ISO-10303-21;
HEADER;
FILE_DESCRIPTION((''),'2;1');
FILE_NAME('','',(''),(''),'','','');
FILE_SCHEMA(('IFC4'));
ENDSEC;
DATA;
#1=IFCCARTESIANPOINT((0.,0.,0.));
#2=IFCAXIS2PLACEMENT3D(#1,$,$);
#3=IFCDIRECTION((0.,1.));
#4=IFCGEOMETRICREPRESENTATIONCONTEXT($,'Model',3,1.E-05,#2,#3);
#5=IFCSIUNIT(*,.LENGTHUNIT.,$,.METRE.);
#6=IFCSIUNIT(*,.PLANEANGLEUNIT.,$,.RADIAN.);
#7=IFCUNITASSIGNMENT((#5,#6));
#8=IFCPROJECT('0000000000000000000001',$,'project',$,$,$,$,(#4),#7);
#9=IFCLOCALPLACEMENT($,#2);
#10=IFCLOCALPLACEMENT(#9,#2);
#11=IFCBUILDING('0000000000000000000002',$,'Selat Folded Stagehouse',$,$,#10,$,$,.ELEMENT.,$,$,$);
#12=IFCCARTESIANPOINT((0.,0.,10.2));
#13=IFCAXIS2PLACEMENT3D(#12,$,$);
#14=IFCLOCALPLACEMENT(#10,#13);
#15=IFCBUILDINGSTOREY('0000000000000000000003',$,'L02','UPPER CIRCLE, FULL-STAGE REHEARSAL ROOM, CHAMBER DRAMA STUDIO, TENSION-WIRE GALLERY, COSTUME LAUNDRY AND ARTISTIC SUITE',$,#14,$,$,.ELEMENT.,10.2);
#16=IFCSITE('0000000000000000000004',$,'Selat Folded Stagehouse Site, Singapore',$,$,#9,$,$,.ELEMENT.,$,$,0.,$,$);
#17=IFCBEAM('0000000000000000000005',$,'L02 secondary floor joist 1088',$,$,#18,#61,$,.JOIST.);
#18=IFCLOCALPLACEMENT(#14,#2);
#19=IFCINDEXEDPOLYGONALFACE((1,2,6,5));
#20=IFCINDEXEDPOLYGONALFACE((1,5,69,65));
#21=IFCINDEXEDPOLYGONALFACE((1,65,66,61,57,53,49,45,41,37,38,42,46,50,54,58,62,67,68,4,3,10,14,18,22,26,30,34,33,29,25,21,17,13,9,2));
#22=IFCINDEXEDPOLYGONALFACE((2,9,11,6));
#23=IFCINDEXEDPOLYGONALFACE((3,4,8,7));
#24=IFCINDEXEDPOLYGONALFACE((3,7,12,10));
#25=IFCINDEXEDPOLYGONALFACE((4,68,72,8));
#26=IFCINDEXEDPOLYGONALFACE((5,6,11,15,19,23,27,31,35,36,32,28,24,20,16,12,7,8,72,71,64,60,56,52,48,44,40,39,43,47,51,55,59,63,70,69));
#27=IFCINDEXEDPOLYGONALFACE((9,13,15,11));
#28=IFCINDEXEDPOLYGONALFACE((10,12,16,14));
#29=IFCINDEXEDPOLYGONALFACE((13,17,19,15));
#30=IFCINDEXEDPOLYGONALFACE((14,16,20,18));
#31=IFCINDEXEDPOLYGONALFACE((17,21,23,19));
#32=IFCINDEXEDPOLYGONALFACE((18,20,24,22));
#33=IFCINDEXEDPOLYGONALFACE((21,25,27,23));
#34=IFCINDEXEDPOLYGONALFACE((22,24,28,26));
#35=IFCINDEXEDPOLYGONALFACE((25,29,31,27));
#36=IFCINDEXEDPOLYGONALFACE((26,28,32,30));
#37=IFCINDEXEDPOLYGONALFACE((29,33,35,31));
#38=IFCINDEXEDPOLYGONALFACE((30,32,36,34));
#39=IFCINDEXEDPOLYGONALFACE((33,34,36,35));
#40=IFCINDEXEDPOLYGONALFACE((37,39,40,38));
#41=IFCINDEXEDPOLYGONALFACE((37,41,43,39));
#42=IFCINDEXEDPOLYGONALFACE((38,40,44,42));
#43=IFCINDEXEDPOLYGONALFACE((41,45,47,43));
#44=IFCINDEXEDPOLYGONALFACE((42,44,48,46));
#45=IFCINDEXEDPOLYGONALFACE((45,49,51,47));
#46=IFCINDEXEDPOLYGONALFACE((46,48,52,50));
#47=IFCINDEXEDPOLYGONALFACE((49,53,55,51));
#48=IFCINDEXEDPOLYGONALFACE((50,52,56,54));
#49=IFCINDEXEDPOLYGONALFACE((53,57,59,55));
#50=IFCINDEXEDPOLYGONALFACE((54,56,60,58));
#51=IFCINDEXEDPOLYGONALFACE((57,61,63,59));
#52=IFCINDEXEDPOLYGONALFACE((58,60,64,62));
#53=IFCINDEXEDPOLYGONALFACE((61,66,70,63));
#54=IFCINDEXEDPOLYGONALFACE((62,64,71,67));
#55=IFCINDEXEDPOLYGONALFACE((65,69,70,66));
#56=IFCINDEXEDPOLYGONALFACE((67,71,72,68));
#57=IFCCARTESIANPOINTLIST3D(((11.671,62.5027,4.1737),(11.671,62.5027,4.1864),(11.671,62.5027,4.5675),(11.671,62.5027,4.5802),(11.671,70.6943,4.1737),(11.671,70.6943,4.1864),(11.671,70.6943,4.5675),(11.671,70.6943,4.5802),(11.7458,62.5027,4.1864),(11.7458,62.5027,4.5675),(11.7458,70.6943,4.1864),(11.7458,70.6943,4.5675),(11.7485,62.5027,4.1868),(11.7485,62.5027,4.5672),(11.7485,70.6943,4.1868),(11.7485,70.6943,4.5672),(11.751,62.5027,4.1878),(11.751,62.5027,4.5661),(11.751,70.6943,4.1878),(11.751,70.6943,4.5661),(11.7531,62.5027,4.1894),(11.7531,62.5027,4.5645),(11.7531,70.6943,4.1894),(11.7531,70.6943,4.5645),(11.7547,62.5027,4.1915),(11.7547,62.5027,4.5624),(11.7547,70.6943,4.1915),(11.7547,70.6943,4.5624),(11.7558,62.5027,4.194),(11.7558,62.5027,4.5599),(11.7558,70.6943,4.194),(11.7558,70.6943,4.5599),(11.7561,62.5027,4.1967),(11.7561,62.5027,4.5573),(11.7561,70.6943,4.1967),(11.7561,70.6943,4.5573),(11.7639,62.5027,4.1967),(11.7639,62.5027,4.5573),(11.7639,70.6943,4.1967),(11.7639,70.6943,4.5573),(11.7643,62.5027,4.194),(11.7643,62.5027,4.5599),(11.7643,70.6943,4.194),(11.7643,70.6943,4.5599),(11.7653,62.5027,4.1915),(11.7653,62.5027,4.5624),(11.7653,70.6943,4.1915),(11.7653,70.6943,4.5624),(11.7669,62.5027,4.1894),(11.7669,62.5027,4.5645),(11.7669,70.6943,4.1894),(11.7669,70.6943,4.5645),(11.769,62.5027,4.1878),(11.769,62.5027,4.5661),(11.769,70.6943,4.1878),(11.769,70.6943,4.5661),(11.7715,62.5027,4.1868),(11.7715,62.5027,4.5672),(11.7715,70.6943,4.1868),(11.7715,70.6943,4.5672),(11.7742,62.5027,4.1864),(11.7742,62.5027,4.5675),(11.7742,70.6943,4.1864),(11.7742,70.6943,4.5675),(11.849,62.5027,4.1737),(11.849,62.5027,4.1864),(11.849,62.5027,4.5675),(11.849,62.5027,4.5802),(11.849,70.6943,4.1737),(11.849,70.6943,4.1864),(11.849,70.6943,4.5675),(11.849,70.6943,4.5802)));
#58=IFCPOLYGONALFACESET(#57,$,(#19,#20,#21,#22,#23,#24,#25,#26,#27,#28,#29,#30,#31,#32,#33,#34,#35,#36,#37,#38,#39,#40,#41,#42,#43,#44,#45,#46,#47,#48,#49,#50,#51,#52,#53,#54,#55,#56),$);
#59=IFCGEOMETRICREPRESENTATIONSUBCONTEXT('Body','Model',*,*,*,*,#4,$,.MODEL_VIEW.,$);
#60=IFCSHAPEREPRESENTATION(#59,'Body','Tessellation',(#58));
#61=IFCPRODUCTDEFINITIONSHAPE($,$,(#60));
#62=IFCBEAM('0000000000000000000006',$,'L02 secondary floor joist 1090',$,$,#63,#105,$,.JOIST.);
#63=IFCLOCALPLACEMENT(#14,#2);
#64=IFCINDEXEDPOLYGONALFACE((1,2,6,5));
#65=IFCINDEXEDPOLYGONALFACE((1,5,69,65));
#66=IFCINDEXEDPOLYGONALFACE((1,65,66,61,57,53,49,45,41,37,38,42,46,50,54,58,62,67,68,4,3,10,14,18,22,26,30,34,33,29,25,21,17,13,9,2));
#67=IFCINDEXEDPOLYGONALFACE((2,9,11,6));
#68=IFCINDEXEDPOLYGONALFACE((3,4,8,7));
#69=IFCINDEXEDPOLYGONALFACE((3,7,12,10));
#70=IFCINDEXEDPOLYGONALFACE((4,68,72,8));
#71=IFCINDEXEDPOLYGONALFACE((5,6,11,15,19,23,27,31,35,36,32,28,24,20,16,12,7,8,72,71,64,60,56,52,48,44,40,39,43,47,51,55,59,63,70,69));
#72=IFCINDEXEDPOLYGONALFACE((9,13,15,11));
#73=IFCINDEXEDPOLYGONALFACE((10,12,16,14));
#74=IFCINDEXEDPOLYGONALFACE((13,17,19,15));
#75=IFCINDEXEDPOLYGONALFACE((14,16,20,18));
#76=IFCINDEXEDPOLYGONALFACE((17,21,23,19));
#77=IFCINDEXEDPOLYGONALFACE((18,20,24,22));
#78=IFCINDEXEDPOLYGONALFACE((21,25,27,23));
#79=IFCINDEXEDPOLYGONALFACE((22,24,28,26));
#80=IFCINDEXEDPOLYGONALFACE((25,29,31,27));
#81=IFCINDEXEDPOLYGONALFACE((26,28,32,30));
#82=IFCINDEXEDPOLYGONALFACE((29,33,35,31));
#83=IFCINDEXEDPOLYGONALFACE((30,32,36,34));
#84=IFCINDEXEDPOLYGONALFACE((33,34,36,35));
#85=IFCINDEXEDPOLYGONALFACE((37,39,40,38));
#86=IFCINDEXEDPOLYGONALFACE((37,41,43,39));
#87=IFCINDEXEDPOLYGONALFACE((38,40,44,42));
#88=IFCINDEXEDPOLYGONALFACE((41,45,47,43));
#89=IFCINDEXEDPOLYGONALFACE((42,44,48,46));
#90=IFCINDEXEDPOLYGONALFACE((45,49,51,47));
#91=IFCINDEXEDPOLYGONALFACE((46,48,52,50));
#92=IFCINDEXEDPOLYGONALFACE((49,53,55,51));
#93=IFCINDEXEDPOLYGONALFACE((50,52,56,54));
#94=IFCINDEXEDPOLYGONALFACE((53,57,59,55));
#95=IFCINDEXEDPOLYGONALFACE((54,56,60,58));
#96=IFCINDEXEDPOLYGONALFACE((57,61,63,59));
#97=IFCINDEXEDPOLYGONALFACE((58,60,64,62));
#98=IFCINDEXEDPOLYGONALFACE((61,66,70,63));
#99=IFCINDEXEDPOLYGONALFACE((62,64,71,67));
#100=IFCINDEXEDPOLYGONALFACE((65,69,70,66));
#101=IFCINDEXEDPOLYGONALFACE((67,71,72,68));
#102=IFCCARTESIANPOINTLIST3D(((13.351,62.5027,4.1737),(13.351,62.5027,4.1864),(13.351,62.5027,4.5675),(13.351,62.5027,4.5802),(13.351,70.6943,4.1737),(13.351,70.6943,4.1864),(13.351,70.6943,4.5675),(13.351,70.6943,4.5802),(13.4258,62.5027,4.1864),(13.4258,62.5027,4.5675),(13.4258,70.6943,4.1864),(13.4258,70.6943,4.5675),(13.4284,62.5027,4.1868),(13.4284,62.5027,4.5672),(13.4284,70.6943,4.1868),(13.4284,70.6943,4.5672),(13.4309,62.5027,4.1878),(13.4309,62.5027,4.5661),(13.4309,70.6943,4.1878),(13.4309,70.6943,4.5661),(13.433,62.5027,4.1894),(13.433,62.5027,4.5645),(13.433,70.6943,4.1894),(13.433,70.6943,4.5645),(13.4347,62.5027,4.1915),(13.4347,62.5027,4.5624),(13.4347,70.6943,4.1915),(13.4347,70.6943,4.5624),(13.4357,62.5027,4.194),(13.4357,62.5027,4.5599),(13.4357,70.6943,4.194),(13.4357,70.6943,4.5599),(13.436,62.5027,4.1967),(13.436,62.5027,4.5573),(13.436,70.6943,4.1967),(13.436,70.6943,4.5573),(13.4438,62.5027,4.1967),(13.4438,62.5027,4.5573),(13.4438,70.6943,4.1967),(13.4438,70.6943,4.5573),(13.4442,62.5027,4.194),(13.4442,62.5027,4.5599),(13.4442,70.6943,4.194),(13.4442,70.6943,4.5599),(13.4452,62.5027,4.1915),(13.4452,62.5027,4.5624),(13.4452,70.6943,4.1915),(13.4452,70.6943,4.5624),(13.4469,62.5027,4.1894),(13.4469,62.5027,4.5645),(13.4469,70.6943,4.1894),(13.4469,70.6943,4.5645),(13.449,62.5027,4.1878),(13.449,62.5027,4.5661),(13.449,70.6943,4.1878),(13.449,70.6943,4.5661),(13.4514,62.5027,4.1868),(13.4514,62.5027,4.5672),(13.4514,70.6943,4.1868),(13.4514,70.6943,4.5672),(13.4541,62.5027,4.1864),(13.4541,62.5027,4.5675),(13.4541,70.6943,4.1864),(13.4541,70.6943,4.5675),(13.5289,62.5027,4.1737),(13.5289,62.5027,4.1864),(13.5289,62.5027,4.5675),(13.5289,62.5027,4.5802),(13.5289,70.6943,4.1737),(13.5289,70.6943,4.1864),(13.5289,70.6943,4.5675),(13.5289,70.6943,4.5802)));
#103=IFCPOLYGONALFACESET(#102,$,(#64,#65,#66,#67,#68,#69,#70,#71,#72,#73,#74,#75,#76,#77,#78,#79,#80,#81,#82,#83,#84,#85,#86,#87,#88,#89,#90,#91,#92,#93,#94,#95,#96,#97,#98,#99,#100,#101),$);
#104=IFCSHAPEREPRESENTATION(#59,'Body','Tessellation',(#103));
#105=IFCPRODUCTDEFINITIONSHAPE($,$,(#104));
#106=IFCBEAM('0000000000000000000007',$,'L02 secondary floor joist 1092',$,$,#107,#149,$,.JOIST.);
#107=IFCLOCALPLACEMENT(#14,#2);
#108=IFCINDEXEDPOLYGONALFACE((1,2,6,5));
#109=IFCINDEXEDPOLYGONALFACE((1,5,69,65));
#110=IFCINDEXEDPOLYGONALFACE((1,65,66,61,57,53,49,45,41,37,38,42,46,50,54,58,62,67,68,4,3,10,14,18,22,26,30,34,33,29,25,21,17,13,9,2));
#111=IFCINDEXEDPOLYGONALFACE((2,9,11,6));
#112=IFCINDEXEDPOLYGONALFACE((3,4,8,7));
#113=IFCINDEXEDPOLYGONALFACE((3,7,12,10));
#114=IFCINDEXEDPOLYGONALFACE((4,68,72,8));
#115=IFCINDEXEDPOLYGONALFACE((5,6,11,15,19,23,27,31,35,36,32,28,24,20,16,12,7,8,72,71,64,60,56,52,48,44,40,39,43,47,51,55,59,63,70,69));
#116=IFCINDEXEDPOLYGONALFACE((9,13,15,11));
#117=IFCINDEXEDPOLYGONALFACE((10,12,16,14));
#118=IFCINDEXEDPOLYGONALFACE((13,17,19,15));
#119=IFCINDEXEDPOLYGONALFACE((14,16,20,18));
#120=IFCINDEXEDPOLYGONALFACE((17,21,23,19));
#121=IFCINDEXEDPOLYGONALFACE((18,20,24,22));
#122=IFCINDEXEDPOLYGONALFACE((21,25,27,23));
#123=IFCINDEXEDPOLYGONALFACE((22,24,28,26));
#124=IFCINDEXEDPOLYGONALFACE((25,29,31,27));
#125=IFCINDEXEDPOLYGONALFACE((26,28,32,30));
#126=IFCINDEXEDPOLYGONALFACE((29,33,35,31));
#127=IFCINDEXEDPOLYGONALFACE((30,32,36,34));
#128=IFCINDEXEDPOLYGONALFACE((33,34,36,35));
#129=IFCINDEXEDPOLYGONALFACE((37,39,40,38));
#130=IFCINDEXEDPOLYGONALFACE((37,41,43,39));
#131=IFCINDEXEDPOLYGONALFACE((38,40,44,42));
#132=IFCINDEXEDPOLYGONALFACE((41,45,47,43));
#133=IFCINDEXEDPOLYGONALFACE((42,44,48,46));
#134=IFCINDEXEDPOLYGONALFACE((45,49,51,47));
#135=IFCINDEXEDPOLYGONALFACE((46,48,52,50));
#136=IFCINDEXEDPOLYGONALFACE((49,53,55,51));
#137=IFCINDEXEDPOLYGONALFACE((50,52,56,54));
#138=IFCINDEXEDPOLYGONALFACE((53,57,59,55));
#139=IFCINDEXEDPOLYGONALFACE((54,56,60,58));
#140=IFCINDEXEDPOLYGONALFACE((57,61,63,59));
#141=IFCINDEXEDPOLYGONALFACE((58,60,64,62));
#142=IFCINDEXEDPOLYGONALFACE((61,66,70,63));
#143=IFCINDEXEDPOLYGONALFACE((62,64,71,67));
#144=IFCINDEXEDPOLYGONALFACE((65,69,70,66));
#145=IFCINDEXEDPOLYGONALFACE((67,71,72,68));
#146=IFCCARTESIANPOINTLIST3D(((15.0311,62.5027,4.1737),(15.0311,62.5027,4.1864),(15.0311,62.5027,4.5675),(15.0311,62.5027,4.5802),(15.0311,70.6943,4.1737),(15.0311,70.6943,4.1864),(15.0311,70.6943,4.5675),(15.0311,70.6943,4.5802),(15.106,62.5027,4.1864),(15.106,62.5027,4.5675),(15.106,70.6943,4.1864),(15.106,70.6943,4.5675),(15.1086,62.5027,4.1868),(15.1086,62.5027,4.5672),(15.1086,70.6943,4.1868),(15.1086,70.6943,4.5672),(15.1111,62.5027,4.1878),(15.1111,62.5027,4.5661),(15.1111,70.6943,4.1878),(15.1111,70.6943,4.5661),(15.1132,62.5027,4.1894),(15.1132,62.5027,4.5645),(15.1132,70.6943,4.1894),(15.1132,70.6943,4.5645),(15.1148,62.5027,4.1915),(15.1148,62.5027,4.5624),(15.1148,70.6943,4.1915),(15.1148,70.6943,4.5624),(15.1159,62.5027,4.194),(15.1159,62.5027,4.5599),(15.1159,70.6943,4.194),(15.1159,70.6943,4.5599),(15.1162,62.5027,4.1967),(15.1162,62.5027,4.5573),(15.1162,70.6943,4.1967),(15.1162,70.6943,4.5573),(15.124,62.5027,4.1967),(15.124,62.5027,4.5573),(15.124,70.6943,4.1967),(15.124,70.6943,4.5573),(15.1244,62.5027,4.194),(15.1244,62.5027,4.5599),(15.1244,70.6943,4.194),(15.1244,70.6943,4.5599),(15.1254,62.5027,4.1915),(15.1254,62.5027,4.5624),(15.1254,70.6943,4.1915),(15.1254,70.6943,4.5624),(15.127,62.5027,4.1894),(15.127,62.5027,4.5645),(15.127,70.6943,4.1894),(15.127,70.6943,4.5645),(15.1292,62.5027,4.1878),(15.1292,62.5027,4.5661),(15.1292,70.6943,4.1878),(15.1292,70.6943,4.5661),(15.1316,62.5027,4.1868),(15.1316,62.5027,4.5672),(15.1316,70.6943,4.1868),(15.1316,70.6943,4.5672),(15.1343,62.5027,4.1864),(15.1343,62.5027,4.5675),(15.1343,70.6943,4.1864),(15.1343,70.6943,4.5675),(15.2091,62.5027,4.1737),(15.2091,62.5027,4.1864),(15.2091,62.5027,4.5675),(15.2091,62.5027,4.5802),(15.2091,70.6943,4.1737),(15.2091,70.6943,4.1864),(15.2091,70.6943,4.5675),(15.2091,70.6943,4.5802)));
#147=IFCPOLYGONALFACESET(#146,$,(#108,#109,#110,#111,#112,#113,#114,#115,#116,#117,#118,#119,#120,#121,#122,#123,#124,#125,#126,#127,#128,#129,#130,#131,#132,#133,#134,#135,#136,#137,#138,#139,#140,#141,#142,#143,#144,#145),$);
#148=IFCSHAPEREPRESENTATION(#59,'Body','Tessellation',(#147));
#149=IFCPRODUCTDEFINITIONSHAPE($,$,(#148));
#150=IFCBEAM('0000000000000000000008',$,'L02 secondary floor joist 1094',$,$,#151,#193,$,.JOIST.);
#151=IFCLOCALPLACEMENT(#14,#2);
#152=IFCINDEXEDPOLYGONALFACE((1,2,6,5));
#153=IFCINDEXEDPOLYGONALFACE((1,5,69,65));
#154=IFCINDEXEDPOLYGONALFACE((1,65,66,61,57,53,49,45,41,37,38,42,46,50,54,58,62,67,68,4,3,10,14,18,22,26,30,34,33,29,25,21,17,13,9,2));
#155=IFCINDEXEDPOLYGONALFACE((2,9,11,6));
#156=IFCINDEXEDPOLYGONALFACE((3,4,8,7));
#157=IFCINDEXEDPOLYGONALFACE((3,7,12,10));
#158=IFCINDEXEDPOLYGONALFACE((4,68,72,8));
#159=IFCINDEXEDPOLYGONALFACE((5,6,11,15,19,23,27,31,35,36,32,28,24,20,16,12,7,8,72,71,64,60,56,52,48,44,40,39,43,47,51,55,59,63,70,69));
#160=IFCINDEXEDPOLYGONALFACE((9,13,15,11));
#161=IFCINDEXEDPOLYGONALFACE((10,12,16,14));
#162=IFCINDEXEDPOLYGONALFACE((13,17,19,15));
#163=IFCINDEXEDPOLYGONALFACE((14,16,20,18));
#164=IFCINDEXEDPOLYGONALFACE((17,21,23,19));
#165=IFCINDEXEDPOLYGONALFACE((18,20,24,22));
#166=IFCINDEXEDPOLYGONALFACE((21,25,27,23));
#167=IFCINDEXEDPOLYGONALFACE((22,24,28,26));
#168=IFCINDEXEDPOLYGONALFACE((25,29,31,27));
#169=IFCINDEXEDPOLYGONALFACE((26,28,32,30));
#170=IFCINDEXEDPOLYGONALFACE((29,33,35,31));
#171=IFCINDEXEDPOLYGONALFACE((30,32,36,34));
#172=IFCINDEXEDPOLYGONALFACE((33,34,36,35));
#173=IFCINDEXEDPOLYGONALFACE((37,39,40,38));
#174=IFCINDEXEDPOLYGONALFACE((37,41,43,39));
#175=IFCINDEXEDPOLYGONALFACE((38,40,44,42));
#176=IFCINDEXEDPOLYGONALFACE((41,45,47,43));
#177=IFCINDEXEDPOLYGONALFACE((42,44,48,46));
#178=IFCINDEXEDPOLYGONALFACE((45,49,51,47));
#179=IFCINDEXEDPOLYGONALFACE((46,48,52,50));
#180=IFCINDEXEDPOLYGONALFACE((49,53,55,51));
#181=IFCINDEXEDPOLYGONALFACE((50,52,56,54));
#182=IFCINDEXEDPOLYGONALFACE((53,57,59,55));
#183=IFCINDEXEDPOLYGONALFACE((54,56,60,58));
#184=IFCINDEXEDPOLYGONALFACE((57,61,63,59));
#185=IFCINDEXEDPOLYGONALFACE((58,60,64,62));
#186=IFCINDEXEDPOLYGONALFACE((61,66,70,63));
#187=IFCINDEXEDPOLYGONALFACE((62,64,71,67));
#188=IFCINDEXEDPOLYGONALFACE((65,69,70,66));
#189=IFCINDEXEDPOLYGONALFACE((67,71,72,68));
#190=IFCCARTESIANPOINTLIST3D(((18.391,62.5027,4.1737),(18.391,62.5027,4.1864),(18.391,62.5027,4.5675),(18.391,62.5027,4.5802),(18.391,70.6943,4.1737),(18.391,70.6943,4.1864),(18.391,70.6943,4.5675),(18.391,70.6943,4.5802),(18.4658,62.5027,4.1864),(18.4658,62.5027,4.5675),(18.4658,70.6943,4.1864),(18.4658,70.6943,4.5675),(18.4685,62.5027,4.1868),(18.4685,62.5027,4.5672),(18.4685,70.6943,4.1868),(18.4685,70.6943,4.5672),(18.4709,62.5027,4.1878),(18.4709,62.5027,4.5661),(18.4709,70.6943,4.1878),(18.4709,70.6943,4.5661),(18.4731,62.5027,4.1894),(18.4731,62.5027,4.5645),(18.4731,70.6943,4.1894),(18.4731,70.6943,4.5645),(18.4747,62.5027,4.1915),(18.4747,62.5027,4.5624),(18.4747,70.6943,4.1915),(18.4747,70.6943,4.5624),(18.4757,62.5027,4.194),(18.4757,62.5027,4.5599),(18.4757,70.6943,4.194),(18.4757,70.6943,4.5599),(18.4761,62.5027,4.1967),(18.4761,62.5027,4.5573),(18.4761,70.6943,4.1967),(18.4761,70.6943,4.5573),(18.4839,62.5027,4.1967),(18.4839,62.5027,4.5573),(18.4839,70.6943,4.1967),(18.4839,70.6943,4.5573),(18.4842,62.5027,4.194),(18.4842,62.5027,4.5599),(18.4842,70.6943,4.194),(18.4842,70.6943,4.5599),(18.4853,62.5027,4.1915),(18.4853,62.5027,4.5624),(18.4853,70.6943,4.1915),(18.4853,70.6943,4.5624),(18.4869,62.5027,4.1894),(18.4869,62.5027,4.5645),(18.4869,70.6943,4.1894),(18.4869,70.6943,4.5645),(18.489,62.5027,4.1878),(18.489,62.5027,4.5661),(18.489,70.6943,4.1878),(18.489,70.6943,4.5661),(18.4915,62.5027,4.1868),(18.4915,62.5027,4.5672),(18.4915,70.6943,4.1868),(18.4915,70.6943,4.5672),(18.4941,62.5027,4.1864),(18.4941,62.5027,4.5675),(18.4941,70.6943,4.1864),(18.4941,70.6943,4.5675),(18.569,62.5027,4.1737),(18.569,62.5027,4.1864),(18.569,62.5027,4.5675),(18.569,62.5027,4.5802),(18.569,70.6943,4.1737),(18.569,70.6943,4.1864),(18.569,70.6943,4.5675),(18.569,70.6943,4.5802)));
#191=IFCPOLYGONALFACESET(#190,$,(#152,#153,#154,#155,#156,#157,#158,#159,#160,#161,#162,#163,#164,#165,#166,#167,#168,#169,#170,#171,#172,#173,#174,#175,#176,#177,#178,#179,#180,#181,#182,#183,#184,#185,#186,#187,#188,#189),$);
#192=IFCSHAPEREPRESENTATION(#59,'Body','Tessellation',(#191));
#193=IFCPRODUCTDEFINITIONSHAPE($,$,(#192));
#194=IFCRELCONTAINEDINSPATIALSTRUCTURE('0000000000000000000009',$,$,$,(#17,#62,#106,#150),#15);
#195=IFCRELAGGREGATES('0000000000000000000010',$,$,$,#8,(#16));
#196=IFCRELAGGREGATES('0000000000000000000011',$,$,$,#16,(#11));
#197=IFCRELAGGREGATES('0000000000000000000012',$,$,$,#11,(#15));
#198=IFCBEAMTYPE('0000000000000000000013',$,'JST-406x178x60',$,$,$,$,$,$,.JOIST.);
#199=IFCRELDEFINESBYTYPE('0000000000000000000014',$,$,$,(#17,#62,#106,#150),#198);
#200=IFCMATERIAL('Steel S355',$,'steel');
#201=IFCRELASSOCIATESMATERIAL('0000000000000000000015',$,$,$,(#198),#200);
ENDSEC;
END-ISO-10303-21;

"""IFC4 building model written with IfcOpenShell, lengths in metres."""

from ifc_helpers import new_model, si_unit, direction, frame, origin, origin_2d, place, context, subcontext, project, spatial, i_section, extrude, material, material_profile, profile_set, type_object, element, save


model = new_model("IFC4")

# Units and contexts
model_context = context("Model", 3, precision=1e-05, world=origin(), true_north=direction((0.0, 1.0)))
body_context = subcontext(model_context, "Body", "Model", "MODEL_VIEW")
ifc_project = project(units=[si_unit("LENGTHUNIT", "METRE"), si_unit("PLANEANGLEUNIT", "RADIAN")], contexts=[model_context])

# Site, building, storey
site_placement = place(None, origin())
site = spatial("IfcSite", under=ifc_project, at=site_placement, Name="Selat Folded Stagehouse Site, Singapore", CompositionType="ELEMENT", RefElevation=0.0)
building_placement = place(site_placement, origin())
building = spatial("IfcBuilding", under=site, at=building_placement, Name="Selat Folded Stagehouse", CompositionType="ELEMENT")
storey_placement = place(building_placement, frame((0.0, 0.0, 10.2)))
storey = spatial("IfcBuildingStorey", under=building, at=storey_placement, Name="L02", Description="UPPER CIRCLE, FULL-STAGE REHEARSAL ROOM, CHAMBER DRAMA STUDIO, TENSION-WIRE GALLERY, COSTUME LAUNDRY AND ARTISTIC SUITE", CompositionType="ELEMENT", Elevation=10.2)

# Shared definitions
ifc_material_1 = material(Name="Steel S355", Category="steel")

# Beams
ifc_material_profile_1 = material_profile(ifc_material_1, i_section(OverallWidth=0.178, OverallDepth=0.4065, WebThickness=0.0078, FlangeThickness=0.0127, FilletRadius=0.0103, at=origin_2d()), Name="UKB 406x178x60")
ifc_profile_set_1 = profile_set([ifc_material_profile_1], Name="Steel S355")
beam_type_1 = type_object("IfcBeamType", Name="JST-406x178x60", PredefinedType="JOIST", material=ifc_profile_set_1)
for number, where, z_axis, x_axis, name in (
    (1, (11.76, 62.5027, 4.377), (0.0, 1.0, 0.0), (-1.0, 0.0, 0.0), "L02 secondary floor joist 1088"),
    (2, (13.4399, 62.5027, 4.377), (0.0, 1.0, 0.0), (-1.0, 0.0, 0.0), "L02 secondary floor joist 1090"),
    (3, (15.1201, 62.5027, 4.377), (0.0, 1.0, 0.0), (-1.0, 0.0, 0.0), "L02 secondary floor joist 1092"),
    (4, (18.48, 62.5027, 4.377), (0.0, 1.0, 0.0), (-1.0, 0.0, 0.0), "L02 secondary floor joist 1094"),
):
    element("IfcBeam", number, at=place(storey_placement, frame(where, z_axis=z_axis, x_axis=x_axis)), inside=storey, type_object=beam_type_1, Name=name, PredefinedType="JOIST", context=body_context, shape_type="SweptSolid", body=[
        extrude(i_section(OverallWidth=0.178, OverallDepth=0.4065, WebThickness=0.0078, FlangeThickness=0.0127, FilletRadius=0.0103, at=origin_2d()), origin(), (0.0, 0.0, 1.0), 8.1917),
    ])

save(model, "model.ifc")
